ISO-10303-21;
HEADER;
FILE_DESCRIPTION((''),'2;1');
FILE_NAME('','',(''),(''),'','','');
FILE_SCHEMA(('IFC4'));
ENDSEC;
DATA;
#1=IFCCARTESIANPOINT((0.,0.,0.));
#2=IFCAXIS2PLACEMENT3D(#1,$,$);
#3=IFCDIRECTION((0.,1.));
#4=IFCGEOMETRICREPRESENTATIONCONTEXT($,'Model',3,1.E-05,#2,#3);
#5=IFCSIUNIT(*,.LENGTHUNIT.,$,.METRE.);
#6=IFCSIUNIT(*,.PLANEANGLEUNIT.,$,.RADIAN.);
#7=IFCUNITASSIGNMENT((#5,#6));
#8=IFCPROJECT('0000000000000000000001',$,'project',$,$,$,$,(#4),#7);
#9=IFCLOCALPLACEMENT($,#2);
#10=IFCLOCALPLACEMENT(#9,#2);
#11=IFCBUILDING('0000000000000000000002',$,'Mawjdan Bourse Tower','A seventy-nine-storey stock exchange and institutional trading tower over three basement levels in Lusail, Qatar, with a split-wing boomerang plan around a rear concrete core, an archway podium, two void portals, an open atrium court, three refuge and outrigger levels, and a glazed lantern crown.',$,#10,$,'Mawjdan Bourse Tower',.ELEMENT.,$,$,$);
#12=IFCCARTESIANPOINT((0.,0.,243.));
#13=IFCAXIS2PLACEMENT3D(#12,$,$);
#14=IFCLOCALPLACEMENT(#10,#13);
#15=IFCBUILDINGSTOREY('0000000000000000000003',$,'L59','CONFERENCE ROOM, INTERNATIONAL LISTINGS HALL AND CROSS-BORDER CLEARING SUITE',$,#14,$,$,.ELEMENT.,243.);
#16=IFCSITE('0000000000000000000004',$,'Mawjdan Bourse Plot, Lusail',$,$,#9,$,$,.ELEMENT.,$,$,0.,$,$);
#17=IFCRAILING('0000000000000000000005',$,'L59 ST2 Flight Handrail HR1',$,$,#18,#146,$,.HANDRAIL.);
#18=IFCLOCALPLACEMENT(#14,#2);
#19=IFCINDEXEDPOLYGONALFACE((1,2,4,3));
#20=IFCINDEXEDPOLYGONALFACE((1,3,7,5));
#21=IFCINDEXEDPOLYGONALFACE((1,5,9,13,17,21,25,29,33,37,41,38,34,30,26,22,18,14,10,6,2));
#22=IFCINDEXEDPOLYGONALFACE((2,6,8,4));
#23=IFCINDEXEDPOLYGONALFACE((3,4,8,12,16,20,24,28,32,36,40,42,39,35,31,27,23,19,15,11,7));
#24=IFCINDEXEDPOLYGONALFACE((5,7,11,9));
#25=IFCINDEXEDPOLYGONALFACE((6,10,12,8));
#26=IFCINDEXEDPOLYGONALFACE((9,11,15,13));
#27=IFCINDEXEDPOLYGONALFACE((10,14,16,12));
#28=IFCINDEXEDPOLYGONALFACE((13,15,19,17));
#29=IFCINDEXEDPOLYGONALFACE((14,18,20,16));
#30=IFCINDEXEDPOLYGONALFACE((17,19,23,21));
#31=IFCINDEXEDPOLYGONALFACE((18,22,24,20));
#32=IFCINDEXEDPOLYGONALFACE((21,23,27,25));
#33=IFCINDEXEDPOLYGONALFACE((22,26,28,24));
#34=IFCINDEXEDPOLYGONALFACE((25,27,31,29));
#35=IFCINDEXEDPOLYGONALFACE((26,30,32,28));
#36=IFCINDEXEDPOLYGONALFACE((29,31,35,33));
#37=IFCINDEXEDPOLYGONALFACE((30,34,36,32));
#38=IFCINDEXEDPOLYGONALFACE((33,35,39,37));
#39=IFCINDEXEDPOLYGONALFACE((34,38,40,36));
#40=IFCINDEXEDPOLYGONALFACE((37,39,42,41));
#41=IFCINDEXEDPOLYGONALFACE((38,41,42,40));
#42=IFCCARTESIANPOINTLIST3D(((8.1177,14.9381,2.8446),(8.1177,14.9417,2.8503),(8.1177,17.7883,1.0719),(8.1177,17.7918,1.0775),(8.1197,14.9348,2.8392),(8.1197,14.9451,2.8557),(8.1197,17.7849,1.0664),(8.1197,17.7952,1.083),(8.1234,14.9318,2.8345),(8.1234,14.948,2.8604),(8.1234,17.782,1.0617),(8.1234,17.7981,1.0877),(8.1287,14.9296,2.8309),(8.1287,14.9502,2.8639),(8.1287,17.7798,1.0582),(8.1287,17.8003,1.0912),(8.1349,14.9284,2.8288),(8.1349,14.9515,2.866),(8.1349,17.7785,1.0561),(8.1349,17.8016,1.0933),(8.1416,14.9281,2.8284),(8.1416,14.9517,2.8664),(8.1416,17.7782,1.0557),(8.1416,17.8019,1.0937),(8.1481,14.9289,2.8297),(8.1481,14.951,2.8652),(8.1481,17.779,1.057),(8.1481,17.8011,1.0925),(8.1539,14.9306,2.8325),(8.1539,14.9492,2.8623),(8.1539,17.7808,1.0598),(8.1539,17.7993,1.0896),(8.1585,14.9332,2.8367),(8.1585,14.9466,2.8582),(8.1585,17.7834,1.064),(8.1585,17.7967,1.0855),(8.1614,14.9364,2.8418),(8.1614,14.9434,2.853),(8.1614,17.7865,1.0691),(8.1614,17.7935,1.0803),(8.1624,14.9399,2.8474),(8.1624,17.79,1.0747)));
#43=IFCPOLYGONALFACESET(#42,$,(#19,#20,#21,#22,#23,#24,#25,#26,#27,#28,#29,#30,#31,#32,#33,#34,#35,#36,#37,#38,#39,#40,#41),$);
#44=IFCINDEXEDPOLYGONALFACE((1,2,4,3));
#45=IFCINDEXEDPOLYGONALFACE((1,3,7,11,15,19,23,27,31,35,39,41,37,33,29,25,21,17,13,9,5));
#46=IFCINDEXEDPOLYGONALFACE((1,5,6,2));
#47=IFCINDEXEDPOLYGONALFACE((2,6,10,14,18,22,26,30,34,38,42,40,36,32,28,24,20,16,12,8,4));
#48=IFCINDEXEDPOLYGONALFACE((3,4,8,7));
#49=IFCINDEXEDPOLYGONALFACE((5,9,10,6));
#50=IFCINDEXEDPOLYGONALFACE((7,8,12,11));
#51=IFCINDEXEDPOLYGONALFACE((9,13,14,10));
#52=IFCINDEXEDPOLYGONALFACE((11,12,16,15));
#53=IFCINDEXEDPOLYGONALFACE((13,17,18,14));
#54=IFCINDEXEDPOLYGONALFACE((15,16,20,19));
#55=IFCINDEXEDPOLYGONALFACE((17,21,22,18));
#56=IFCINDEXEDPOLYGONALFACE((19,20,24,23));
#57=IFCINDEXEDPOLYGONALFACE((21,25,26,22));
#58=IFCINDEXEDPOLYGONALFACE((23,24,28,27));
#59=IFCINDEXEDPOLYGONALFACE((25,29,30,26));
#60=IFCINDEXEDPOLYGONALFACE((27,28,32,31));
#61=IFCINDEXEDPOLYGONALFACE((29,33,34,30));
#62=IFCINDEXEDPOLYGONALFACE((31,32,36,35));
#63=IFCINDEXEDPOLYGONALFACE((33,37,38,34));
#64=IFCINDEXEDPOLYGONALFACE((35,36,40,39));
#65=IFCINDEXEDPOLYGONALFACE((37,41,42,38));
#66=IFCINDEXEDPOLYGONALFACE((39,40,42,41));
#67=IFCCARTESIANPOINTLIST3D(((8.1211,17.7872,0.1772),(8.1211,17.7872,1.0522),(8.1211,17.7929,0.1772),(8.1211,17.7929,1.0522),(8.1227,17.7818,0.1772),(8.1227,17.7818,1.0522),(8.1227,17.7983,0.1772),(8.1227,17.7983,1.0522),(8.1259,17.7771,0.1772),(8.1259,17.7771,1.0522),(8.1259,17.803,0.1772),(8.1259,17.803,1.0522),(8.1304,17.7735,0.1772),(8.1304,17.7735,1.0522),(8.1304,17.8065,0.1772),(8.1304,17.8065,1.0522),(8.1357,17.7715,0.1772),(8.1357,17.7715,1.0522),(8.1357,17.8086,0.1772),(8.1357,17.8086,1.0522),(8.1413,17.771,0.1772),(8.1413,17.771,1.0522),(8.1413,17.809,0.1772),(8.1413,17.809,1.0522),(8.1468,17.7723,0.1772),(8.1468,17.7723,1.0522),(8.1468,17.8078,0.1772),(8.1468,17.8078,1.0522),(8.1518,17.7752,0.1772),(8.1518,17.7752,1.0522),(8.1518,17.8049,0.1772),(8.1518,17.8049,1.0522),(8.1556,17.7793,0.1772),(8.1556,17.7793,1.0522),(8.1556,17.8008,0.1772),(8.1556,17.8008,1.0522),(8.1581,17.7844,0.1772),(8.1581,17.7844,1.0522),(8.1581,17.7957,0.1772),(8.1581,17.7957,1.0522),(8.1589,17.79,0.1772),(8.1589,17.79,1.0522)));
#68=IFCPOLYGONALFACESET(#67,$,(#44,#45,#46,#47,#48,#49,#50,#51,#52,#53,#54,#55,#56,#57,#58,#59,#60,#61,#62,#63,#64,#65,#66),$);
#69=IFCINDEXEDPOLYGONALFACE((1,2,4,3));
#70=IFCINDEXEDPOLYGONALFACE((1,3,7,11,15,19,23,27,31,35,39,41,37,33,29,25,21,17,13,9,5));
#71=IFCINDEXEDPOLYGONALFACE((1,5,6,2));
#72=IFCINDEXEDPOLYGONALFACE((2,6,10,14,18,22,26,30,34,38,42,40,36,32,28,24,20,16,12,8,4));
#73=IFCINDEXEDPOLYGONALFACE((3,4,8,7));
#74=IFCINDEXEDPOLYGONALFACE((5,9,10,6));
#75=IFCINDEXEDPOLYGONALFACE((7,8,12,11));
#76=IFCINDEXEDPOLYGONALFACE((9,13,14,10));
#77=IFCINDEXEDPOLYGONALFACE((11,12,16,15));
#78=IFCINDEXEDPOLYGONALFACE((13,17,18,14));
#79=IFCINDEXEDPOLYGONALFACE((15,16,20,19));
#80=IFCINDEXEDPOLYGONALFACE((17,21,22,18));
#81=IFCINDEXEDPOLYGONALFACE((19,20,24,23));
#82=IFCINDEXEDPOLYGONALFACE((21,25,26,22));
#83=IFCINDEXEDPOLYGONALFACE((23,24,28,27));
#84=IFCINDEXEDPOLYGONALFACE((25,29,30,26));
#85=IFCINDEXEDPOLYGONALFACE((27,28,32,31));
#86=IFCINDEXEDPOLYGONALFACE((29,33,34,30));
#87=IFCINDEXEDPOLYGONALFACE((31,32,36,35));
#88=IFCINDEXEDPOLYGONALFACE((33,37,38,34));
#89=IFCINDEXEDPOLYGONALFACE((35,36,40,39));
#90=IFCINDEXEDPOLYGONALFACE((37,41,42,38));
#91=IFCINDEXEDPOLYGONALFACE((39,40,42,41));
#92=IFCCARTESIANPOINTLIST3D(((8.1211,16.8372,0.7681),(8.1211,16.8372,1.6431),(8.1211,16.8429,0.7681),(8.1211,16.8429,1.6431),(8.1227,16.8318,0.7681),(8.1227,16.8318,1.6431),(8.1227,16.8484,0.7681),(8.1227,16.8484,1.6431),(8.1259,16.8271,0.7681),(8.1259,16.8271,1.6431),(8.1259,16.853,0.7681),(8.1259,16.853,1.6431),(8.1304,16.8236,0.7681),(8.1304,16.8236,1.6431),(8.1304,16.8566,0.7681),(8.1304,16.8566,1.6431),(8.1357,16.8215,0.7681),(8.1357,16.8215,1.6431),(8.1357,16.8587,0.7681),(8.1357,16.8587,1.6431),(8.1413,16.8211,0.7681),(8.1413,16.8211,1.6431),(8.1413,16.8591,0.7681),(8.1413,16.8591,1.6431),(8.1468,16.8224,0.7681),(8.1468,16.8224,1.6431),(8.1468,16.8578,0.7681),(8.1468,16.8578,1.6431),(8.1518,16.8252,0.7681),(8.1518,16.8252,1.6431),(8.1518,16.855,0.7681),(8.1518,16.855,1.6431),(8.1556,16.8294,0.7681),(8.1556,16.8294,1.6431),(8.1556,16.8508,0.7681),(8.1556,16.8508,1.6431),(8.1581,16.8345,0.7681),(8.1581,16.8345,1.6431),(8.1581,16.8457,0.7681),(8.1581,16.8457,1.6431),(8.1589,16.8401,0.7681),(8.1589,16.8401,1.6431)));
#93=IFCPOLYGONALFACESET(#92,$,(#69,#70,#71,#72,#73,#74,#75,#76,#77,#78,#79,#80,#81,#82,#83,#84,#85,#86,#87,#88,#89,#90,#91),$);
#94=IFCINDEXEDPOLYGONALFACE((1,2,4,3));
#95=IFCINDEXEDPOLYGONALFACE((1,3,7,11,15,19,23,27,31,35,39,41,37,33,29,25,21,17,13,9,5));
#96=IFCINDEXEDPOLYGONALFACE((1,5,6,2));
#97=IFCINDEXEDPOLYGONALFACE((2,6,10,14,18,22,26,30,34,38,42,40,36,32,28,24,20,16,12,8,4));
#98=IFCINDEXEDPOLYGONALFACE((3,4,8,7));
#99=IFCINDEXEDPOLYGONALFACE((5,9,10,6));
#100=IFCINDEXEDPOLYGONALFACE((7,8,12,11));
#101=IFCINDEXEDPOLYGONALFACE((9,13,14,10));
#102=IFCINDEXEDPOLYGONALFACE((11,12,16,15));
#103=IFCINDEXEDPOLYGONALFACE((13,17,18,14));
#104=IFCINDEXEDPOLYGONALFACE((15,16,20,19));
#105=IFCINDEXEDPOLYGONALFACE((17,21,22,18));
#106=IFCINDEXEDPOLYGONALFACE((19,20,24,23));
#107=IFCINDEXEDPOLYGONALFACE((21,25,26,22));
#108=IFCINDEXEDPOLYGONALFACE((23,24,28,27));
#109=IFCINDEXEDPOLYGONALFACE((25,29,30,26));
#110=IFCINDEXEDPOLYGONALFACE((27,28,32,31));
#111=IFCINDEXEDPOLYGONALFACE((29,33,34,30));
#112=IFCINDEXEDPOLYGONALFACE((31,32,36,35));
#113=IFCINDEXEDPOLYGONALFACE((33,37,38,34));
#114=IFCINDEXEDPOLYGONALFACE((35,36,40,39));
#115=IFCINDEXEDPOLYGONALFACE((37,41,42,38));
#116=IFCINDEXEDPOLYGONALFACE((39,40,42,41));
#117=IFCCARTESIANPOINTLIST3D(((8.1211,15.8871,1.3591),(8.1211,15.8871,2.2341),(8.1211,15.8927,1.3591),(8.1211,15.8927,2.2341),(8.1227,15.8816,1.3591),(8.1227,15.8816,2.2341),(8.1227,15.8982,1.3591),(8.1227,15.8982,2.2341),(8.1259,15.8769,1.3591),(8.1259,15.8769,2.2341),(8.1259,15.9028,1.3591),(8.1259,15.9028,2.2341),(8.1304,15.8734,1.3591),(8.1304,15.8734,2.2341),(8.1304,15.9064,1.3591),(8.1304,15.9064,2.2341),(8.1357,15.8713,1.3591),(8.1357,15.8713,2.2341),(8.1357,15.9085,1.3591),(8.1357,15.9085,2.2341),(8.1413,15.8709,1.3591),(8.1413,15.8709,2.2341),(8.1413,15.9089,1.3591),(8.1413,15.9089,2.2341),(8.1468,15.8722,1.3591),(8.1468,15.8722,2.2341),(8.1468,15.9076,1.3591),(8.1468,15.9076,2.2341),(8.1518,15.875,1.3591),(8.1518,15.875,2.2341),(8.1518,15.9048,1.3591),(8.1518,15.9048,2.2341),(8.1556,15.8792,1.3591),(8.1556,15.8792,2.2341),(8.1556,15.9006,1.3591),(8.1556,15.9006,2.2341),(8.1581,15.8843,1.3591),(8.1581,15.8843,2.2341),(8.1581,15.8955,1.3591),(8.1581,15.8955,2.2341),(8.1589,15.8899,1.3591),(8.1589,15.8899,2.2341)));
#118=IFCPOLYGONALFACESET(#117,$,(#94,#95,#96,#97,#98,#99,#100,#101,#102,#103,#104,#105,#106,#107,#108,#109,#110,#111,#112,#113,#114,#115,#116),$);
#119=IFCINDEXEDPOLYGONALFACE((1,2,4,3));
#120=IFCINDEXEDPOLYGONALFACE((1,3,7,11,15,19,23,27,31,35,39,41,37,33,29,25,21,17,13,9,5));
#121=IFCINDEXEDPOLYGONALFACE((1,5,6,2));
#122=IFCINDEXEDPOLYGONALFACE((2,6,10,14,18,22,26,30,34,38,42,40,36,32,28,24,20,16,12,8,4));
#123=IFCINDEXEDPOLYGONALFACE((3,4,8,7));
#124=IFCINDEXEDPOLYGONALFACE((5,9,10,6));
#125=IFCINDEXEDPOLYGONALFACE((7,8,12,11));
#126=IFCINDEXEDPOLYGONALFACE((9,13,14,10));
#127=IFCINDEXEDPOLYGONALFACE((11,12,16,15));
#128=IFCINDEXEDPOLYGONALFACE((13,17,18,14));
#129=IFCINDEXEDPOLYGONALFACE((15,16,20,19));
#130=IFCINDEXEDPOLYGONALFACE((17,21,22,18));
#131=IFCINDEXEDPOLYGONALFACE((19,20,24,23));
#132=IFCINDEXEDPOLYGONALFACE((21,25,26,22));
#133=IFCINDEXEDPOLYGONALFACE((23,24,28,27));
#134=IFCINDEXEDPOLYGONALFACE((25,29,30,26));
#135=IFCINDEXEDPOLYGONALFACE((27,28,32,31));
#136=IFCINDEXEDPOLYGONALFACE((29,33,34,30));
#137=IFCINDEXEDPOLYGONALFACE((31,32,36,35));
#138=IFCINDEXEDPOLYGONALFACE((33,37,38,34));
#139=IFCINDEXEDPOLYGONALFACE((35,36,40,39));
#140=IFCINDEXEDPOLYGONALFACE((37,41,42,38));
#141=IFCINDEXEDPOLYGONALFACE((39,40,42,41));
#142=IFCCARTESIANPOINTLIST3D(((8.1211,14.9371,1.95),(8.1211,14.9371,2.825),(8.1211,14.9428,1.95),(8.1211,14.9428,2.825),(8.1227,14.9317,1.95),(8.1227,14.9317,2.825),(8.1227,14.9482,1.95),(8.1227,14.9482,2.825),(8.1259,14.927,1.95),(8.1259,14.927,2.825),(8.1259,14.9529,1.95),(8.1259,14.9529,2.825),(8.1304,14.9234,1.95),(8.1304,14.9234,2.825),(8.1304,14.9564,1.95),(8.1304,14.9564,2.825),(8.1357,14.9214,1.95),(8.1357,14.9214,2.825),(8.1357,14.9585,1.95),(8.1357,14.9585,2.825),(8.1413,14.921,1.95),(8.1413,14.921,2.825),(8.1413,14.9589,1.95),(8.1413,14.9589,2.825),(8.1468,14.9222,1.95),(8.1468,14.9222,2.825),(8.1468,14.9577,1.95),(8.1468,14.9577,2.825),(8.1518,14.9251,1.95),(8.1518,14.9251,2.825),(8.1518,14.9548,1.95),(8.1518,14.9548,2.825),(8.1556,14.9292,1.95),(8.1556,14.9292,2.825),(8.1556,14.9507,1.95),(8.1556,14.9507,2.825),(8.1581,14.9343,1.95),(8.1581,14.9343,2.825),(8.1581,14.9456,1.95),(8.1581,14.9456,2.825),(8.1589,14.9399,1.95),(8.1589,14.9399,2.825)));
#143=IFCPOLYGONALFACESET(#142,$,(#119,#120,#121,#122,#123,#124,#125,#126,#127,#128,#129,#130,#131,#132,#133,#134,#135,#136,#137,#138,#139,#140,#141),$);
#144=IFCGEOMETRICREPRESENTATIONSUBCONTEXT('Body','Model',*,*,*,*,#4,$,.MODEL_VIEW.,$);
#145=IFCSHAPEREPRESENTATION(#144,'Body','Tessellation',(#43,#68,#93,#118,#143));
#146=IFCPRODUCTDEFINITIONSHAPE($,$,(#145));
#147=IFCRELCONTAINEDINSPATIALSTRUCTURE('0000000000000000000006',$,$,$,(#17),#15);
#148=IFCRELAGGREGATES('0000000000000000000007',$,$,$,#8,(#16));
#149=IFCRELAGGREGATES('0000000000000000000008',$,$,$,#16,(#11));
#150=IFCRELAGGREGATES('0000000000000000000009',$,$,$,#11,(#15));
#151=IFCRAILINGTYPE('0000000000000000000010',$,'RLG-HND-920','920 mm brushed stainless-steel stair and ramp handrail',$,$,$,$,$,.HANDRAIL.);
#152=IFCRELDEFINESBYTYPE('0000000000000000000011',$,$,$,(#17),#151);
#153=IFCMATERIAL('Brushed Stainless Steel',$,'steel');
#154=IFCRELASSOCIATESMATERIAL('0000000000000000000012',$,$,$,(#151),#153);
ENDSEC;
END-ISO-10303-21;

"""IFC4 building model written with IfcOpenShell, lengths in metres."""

from ifc_helpers import new_model, si_unit, direction, frame, origin, origin_2d, place, context, subcontext, project, spatial, circle, extrude, material, type_object, element, save


model = new_model("IFC4")

# Units and contexts
model_context = context("Model", 3, precision=1e-05, world=origin(), true_north=direction((0.0, 1.0)))
body_context = subcontext(model_context, "Body", "Model", "MODEL_VIEW")
ifc_project = project(units=[si_unit("LENGTHUNIT", "METRE"), si_unit("PLANEANGLEUNIT", "RADIAN")], contexts=[model_context])

# Site, building, storey
site_placement = place(None, origin())
site = spatial("IfcSite", under=ifc_project, at=site_placement, Name="Mawjdan Bourse Plot, Lusail", CompositionType="ELEMENT", RefElevation=0.0)
building_placement = place(site_placement, origin())
building = spatial("IfcBuilding", under=site, at=building_placement, Name="Mawjdan Bourse Tower", Description="A seventy-nine-storey stock exchange and institutional trading tower over three basement levels in Lusail, Qatar, with a split-wing boomerang plan around a rear concrete core, an archway podium, two void portals, an open atrium court, three refuge and outrigger levels, and a glazed lantern crown.", LongName="Mawjdan Bourse Tower", CompositionType="ELEMENT")
storey_placement = place(building_placement, frame((0.0, 0.0, 243.0)))
storey = spatial("IfcBuildingStorey", under=building, at=storey_placement, Name="L59", Description="CONFERENCE ROOM, INTERNATIONAL LISTINGS HALL AND CROSS-BORDER CLEARING SUITE", CompositionType="ELEMENT", Elevation=243.0)

# Railing
ifc_material_1 = material(Name="Brushed Stainless Steel", Category="steel")
railing_type_1 = type_object("IfcRailingType", Name="RLG-HND-920", Description="920 mm brushed stainless-steel stair and ramp handrail", PredefinedType="HANDRAIL", material=ifc_material_1)
railing_1_placement = place(storey_placement, frame((8.1399, 17.79, 0.1772)))
element("IfcRailing", 1, at=railing_1_placement, inside=storey, type_object=railing_type_1, Name="L59 ST2 Flight Handrail HR1", PredefinedType="HANDRAIL", context=body_context, shape_type="SweptSolid", body=[
    extrude(circle(Radius=0.0225, at=origin_2d()), frame((0.0, 0.0, 0.8975), z_axis=(0.0, -0.849149, 0.528154), x_axis=(1.0, 0.0, 0.0)), (0.0, 0.0, 1.0), 3.3564),
    extrude(circle(Radius=0.019, at=origin_2d()), origin(), (0.0, 0.0, 1.0), 0.875),
    extrude(circle(Radius=0.019, at=origin_2d()), frame((0.0, -0.95, 0.5908)), (0.0, 0.0, 1.0), 0.875),
    extrude(circle(Radius=0.019, at=origin_2d()), frame((0.0, -1.9001, 1.1819)), (0.0, 0.0, 1.0), 0.875),
    extrude(circle(Radius=0.019, at=origin_2d()), frame((0.0, -2.8501, 1.7727)), (0.0, 0.0, 1.0), 0.875),
])

save(model, "model.ifc")
